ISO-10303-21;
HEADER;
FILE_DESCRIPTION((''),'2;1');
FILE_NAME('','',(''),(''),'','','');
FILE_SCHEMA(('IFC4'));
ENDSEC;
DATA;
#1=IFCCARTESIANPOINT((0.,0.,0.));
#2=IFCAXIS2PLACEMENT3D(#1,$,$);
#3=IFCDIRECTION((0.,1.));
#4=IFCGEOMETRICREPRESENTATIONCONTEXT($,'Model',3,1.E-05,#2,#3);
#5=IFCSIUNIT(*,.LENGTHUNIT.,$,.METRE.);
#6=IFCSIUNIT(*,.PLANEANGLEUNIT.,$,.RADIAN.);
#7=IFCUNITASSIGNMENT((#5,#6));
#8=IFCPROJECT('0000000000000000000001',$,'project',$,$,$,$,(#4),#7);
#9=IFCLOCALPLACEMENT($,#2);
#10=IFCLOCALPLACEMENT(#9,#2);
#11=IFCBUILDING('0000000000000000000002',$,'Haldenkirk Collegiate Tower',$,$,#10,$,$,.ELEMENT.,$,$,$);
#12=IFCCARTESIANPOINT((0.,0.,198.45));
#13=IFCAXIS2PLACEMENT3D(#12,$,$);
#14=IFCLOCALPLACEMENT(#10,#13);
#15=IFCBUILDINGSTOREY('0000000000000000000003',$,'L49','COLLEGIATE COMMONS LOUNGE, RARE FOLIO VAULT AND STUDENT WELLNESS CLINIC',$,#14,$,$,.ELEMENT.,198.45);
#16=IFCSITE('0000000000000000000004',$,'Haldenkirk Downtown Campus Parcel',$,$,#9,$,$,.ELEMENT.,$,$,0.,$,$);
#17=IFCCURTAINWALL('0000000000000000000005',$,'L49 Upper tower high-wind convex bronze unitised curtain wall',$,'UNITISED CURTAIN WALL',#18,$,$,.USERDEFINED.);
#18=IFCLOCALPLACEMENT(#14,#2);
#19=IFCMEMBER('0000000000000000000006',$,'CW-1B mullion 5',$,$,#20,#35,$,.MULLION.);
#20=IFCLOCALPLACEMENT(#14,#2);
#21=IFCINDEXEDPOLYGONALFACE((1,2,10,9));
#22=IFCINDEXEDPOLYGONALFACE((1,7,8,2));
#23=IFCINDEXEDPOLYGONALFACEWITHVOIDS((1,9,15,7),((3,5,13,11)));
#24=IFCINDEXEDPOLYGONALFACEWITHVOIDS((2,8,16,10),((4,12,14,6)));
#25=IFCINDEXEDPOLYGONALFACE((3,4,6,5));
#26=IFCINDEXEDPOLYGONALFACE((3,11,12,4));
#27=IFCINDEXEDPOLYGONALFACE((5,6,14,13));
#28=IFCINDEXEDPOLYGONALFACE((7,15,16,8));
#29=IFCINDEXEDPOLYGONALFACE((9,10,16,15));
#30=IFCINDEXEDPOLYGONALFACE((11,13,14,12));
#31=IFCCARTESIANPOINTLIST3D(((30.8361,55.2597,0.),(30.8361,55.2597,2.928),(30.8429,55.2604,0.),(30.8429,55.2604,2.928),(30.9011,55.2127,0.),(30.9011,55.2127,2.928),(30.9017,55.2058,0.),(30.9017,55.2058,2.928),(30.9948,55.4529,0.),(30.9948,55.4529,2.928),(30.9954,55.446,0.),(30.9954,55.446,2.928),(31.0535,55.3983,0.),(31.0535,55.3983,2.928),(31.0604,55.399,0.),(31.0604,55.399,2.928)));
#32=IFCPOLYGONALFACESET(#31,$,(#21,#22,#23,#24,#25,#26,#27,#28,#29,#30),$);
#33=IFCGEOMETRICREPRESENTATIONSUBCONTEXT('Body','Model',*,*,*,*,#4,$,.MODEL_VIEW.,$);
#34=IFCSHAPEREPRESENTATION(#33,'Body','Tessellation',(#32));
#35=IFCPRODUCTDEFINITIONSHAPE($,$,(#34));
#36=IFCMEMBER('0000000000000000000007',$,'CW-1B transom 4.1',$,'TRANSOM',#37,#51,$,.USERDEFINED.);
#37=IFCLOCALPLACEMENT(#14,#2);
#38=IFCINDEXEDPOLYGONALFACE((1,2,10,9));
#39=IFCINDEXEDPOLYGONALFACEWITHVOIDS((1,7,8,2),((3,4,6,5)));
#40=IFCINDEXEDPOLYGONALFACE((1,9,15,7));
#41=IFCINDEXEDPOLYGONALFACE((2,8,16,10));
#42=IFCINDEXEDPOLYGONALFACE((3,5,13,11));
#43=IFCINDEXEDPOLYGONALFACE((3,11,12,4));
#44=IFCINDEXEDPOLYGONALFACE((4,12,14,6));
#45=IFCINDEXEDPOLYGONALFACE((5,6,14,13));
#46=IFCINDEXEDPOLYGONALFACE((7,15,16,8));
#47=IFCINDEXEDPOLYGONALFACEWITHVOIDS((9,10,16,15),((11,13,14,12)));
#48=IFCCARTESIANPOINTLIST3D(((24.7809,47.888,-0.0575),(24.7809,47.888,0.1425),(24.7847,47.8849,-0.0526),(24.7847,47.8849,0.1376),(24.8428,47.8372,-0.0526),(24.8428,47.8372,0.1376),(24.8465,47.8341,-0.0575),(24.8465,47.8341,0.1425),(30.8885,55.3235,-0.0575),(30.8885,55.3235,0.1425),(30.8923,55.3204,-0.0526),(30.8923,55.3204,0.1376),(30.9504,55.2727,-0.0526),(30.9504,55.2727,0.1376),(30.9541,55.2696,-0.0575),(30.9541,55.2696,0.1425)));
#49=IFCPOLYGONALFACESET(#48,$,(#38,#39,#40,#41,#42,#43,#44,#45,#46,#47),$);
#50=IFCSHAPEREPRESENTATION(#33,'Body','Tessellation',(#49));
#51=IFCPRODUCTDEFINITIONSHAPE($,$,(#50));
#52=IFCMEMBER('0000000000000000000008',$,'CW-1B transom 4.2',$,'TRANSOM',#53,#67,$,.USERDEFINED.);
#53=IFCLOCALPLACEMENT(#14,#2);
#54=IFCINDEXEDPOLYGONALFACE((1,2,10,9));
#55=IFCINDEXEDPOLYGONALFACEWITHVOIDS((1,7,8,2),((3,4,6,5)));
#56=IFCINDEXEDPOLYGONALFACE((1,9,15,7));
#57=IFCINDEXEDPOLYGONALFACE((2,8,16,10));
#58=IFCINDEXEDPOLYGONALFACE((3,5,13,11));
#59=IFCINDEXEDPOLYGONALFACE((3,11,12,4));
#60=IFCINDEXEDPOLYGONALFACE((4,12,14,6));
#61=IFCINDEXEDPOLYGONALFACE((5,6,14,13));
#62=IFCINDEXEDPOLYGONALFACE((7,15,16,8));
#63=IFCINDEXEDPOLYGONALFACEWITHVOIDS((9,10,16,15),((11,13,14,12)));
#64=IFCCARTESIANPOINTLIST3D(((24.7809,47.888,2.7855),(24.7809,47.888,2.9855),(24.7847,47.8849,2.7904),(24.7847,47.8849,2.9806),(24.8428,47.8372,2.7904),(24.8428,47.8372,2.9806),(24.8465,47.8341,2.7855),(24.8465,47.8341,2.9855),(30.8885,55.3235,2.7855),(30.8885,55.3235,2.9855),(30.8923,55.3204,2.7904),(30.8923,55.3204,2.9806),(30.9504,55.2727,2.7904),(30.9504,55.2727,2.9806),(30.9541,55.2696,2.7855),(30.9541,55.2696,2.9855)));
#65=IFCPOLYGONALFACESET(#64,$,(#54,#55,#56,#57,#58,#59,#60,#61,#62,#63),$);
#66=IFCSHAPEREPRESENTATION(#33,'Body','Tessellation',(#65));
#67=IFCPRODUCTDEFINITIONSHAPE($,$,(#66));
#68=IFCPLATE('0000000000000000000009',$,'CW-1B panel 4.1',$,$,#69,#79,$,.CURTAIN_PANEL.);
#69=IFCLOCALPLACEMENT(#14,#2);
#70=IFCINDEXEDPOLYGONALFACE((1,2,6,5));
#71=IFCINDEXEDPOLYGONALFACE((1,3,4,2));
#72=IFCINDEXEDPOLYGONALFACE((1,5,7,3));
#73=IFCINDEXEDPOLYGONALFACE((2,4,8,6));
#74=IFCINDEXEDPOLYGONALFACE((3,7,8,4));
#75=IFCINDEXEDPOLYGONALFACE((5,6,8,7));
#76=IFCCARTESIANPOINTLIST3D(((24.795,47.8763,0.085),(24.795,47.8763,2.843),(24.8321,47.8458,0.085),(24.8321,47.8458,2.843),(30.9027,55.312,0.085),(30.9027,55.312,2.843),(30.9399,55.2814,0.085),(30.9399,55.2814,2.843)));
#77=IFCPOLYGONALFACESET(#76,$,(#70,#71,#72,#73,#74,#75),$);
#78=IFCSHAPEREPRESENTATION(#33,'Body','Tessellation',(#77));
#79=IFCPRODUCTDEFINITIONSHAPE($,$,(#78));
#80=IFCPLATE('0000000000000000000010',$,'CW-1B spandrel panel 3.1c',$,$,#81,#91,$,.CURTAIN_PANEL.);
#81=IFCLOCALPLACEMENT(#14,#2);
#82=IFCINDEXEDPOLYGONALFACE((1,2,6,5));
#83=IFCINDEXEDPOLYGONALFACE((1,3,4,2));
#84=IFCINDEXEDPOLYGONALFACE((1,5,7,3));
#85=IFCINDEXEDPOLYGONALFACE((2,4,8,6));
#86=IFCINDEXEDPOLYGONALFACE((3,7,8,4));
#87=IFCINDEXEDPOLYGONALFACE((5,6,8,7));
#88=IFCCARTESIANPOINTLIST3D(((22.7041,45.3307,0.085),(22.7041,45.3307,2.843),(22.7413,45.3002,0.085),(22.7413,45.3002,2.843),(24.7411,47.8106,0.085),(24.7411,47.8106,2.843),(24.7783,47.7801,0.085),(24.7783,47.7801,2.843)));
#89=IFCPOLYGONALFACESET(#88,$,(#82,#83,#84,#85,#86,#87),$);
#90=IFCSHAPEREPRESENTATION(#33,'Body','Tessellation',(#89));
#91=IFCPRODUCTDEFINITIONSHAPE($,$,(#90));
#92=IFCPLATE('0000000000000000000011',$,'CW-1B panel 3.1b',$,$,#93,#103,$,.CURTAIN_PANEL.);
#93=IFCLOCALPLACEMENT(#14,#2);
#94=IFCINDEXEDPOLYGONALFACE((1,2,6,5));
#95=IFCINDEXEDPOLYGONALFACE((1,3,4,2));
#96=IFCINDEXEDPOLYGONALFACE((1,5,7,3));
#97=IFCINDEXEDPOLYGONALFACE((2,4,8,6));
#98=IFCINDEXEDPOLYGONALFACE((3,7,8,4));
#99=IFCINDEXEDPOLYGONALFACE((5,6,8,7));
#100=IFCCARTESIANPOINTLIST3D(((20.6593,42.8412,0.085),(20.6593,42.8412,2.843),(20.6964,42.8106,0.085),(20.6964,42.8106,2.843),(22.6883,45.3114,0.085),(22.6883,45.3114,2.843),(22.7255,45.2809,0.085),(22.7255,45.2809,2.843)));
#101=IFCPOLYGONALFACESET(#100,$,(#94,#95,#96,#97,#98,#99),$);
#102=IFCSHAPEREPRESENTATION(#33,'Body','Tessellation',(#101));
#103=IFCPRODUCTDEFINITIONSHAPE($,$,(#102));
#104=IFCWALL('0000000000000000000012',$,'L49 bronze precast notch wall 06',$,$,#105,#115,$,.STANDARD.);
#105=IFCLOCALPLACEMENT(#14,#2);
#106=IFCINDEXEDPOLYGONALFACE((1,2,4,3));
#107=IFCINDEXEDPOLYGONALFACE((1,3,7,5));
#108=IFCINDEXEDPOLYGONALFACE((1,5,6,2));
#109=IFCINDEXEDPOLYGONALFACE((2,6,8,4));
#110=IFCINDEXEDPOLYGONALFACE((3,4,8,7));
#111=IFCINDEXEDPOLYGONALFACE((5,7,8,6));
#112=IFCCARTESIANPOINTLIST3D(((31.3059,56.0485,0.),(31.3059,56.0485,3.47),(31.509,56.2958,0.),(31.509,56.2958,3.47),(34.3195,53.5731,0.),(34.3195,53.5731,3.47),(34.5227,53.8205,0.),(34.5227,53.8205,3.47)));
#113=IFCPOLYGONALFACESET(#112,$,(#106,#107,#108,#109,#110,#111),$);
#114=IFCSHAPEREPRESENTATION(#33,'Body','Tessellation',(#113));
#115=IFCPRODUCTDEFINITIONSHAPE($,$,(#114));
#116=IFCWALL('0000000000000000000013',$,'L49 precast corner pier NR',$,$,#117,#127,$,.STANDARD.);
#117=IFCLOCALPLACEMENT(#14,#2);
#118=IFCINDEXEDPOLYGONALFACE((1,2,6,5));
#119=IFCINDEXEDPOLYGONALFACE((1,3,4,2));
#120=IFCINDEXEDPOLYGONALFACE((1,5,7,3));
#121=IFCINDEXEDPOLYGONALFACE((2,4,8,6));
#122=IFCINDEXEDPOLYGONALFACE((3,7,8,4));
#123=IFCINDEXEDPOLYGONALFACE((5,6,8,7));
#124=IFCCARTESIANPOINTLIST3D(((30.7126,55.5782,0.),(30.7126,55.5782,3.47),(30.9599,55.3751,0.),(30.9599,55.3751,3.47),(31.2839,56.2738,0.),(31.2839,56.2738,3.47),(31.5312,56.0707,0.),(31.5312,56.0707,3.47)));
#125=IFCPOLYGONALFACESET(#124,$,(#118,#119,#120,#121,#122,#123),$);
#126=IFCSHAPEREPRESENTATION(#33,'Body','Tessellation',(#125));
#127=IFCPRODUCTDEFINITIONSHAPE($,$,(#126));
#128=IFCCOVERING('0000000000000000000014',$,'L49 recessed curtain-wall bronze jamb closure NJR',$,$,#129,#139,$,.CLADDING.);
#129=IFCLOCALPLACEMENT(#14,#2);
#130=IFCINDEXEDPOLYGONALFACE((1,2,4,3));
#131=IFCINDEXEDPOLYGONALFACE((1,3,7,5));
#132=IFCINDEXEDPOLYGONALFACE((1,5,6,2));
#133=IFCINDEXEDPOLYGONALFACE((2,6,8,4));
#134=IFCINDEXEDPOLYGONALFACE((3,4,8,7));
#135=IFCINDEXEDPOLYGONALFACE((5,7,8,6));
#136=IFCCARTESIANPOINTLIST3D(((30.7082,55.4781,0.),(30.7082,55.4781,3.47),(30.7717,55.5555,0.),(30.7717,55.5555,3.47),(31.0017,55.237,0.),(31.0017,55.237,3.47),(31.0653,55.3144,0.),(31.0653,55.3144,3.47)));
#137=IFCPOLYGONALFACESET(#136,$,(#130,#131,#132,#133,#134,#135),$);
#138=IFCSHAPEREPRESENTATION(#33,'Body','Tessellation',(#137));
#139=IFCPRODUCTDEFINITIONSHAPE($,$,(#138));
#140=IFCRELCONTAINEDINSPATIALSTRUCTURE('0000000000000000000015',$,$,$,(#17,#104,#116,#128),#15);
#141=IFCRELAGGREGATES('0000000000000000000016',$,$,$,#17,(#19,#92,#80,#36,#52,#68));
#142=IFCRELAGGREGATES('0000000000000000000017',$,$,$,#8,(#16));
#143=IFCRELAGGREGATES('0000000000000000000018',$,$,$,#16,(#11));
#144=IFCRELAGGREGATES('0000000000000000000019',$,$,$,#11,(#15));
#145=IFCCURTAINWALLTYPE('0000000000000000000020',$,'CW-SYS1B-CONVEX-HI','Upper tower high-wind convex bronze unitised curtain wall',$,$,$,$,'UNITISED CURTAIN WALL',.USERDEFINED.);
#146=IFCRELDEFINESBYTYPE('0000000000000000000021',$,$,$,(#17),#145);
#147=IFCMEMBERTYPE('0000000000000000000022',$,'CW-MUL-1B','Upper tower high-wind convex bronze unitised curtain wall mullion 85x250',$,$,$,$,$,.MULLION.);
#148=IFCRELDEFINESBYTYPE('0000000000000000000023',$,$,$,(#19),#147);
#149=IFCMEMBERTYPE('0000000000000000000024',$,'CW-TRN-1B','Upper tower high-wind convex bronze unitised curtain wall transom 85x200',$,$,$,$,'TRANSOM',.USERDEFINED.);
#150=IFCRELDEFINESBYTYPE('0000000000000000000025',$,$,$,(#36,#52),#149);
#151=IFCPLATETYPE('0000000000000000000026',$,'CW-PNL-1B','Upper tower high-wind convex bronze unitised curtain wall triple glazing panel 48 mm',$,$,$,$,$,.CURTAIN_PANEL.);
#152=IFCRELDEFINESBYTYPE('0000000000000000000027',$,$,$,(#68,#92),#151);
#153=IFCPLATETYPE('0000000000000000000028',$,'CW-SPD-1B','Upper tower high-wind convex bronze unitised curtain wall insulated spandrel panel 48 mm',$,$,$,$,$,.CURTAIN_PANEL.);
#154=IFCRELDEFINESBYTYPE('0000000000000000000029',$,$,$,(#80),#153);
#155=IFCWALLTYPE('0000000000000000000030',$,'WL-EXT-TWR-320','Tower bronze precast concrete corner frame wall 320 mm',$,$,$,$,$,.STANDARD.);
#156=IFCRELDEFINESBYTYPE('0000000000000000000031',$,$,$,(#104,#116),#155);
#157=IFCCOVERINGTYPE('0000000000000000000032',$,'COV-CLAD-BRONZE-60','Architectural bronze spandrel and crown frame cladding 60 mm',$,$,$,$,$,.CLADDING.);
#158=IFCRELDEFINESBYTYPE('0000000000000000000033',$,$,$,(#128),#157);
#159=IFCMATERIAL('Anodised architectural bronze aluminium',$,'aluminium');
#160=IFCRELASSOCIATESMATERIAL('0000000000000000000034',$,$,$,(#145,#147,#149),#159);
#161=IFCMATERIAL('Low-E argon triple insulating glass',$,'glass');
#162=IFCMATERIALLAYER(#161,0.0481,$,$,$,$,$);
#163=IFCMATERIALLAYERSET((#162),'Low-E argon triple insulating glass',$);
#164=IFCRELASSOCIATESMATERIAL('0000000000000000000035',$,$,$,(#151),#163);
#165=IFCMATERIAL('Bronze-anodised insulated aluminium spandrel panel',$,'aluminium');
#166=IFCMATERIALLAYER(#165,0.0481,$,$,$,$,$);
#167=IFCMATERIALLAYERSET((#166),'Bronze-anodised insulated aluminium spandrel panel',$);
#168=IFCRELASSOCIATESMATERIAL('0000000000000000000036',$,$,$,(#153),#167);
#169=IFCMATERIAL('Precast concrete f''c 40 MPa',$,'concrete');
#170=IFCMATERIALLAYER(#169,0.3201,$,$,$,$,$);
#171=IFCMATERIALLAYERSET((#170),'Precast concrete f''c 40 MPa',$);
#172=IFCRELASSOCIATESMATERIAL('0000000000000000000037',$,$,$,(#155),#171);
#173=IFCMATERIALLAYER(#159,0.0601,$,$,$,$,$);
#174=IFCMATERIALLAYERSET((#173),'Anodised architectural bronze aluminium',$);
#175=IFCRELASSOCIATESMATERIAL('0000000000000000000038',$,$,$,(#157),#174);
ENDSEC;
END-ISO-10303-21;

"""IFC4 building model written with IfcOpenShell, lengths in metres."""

from ifc_helpers import new_model, si_unit, direction, frame, frame_2d, origin, origin_2d, place, context, subcontext, project, spatial, rectangle, hollow_rectangle, extrude, source, transform, mapped, material, layer, layer_set, material_profile, profile_set, type_object, element, aggregate, save


model = new_model("IFC4")

# Units and contexts
model_context = context("Model", 3, precision=1e-05, world=origin(), true_north=direction((0.0, 1.0)))
body_context = subcontext(model_context, "Body", "Model", "MODEL_VIEW")
ifc_project = project(units=[si_unit("LENGTHUNIT", "METRE"), si_unit("PLANEANGLEUNIT", "RADIAN")], contexts=[model_context])

# Site, building, storey
site_placement = place(None, origin())
site = spatial("IfcSite", under=ifc_project, at=site_placement, Name="Haldenkirk Downtown Campus Parcel", CompositionType="ELEMENT", RefElevation=0.0)
building_placement = place(site_placement, origin())
building = spatial("IfcBuilding", under=site, at=building_placement, Name="Haldenkirk Collegiate Tower", CompositionType="ELEMENT")
storey_placement = place(building_placement, frame((0.0, 0.0, 198.45)))
storey = spatial("IfcBuildingStorey", under=building, at=storey_placement, Name="L49", Description="COLLEGIATE COMMONS LOUNGE, RARE FOLIO VAULT AND STUDENT WELLNESS CLINIC", CompositionType="ELEMENT", Elevation=198.45)

# Curtain wall, members, plates
ifc_material_1 = material(Name="Anodised architectural bronze aluminium", Category="aluminium")
curtain_wall_type = type_object("IfcCurtainWallType", Name="CW-SYS1B-CONVEX-HI", Description="Upper tower high-wind convex bronze unitised curtain wall", ElementType="UNITISED CURTAIN WALL", PredefinedType="USERDEFINED", material=ifc_material_1)
curtain_wall_placement = place(storey_placement, origin())
curtain_wall = element("IfcCurtainWall", 1, at=curtain_wall_placement, inside=storey, type_object=curtain_wall_type, Name="L49 Upper tower high-wind convex bronze unitised curtain wall", ObjectType="UNITISED CURTAIN WALL", PredefinedType="USERDEFINED")
ifc_material_profile_1 = material_profile(ifc_material_1, hollow_rectangle(XDim=0.085, YDim=0.25, WallThickness=0.0049, at=origin_2d()), Name="CW-MUL-1B")
ifc_profile_set_1 = profile_set([ifc_material_profile_1], Name="Anodised architectural bronze aluminium")
member_type_1 = type_object("IfcMemberType", Name="CW-MUL-1B", Description="Upper tower high-wind convex bronze unitised curtain wall mullion 85x250", PredefinedType="MULLION", material=ifc_profile_set_1)
member_1_placement = place(storey_placement, frame((30.9482, 55.3293, 0.0), z_axis=(0.0, 0.0, 1.0), x_axis=(-0.772732, 0.634732, 0.0)))
member_1 = element("IfcMember", 2, at=member_1_placement, type_object=member_type_1, Name="CW-1B mullion 5", PredefinedType="MULLION", context=body_context, shape_type="SweptSolid", body=[
    extrude(hollow_rectangle(XDim=0.085, YDim=0.25, WallThickness=0.0049, at=origin_2d()), origin(), (0.0, 0.0, 1.0), 2.928),
])
ifc_material_profile_2 = material_profile(ifc_material_1, hollow_rectangle(XDim=0.085, YDim=0.2, WallThickness=0.0049, at=origin_2d()), Name="CW-TRN-1B")
ifc_profile_set_2 = profile_set([ifc_material_profile_2], Name="Anodised architectural bronze aluminium")
member_type_2 = type_object("IfcMemberType", Name="CW-TRN-1B", Description="Upper tower high-wind convex bronze unitised curtain wall transom 85x200", ElementType="TRANSOM", PredefinedType="USERDEFINED", material=ifc_profile_set_2)
member_2_placement = place(storey_placement, frame((24.8137, 47.8611, 0.0425), z_axis=(0.634733, 0.772732, 0.0), x_axis=(-0.772732, 0.634733, 0.0)))
member_2 = element("IfcMember", 3, at=member_2_placement, type_object=member_type_2, Name="CW-1B transom 4.1", ObjectType="TRANSOM", PredefinedType="USERDEFINED", context=body_context, shape_type="SweptSolid", body=[
    extrude(hollow_rectangle(XDim=0.085, YDim=0.2, WallThickness=0.0049, at=origin_2d()), origin(), (0.0, 0.0, 1.0), 9.6223),
])
member_3_placement = place(storey_placement, frame((24.8137, 47.8611, 2.8855), z_axis=(0.634733, 0.772732, 0.0), x_axis=(-0.772732, 0.634733, 0.0)))
member_3 = element("IfcMember", 4, at=member_3_placement, type_object=member_type_2, Name="CW-1B transom 4.2", ObjectType="TRANSOM", PredefinedType="USERDEFINED", context=body_context, shape_type="SweptSolid", body=[
    extrude(hollow_rectangle(XDim=0.085, YDim=0.2, WallThickness=0.0049, at=origin_2d()), origin(), (0.0, 0.0, 1.0), 9.6223),
])
ifc_material_2 = material(Name="Low-E argon triple insulating glass", Category="glass")
ifc_layer_1 = layer(ifc_material_2, 0.0481)
ifc_layer_set_1 = layer_set([ifc_layer_1], Name="Low-E argon triple insulating glass")
plate_type_1 = type_object("IfcPlateType", Name="CW-PNL-1B", Description="Upper tower high-wind convex bronze unitised curtain wall triple glazing panel 48 mm", PredefinedType="CURTAIN_PANEL", material=ifc_layer_set_1)
shared_shape_1 = source(origin(), body_context, "Body", "SweptSolid", [
    extrude(rectangle(XDim=9.6226, YDim=0.0481, at=origin_2d()), origin(), (0.0, 0.0, 1.0), 2.7581),
])
plate_1_placement = place(storey_placement, frame((27.8674, 51.5789, 0.085), z_axis=(0.0, 0.0, 1.0), x_axis=(0.634732, 0.772732, 0.0)))
plate_1 = element("IfcPlate", 5, at=plate_1_placement, type_object=plate_type_1, Name="CW-1B panel 4.1", PredefinedType="CURTAIN_PANEL", context=body_context, shape_type="MappedRepresentation", body=[
    mapped(shared_shape_1, transform((0.0, 0.0, 0.0), x_axis=(1.0, 0.0, 0.0), y_axis=(0.0, 1.0, 0.0), z_axis=(0.0, 0.0, 1.0), scale=1.0)),
])
ifc_material_3 = material(Name="Bronze-anodised insulated aluminium spandrel panel", Category="aluminium")
ifc_layer_2 = layer(ifc_material_3, 0.0481)
ifc_layer_set_2 = layer_set([ifc_layer_2], Name="Bronze-anodised insulated aluminium spandrel panel")
plate_type_2 = type_object("IfcPlateType", Name="CW-SPD-1B", Description="Upper tower high-wind convex bronze unitised curtain wall insulated spandrel panel 48 mm", PredefinedType="CURTAIN_PANEL", material=ifc_layer_set_2)
shared_shape_2 = source(origin(), body_context, "Body", "SweptSolid", [
    extrude(rectangle(XDim=3.2092, YDim=0.0481, at=origin_2d()), origin(), (0.0, 0.0, 1.0), 2.7581),
])
plate_2_placement = place(storey_placement, frame((23.7412, 46.5554, 0.085), z_axis=(0.0, 0.0, 1.0), x_axis=(0.634732, 0.772732, 0.0)))
plate_2 = element("IfcPlate", 6, at=plate_2_placement, type_object=plate_type_2, Name="CW-1B spandrel panel 3.1c", PredefinedType="CURTAIN_PANEL", context=body_context, shape_type="MappedRepresentation", body=[
    mapped(shared_shape_2, transform((0.0, 0.0, 0.0), x_axis=(1.0, 0.0, 0.0), y_axis=(0.0, 1.0, 0.0), z_axis=(0.0, 0.0, 1.0), scale=1.0)),
])
shared_shape_3 = source(origin(), body_context, "Body", "SweptSolid", [
    extrude(rectangle(XDim=3.1968, YDim=0.0481, at=origin_2d()), origin(), (0.0, 0.0, 1.0), 2.7581),
])
plate_3_placement = place(storey_placement, frame((21.6924, 44.061, 0.085), z_axis=(0.0, 0.0, 1.0), x_axis=(0.634732, 0.772732, 0.0)))
plate_3 = element("IfcPlate", 7, at=plate_3_placement, type_object=plate_type_1, Name="CW-1B panel 3.1b", PredefinedType="CURTAIN_PANEL", context=body_context, shape_type="MappedRepresentation", body=[
    mapped(shared_shape_3, transform((0.0, 0.0, 0.0), x_axis=(1.0, 0.0, 0.0), y_axis=(0.0, 1.0, 0.0), z_axis=(0.0, 0.0, 1.0), scale=1.0)),
])
aggregate(curtain_wall, [member_1, plate_3, plate_2, member_2, member_3, plate_1])

# Walls
ifc_material_4 = material(Name="Precast concrete f'c 40 MPa", Category="concrete")
ifc_layer_3 = layer(ifc_material_4, 0.3201)
ifc_layer_set_3 = layer_set([ifc_layer_3], Name="Precast concrete f'c 40 MPa")
wall_type = type_object("IfcWallType", Name="WL-EXT-TWR-320", Description="Tower bronze precast concrete corner frame wall 320 mm", PredefinedType="STANDARD", material=ifc_layer_set_3)
wall_1_placement = place(storey_placement, frame((31.4075, 56.1721, 0.0), z_axis=(0.0, 0.0, 1.0), x_axis=(0.772748, -0.634713, 0.0)))
element("IfcWall", 8, at=wall_1_placement, inside=storey, type_object=wall_type, Name="L49 bronze precast notch wall 06", PredefinedType="STANDARD", context=body_context, shape_type="SweptSolid", body=[
    extrude(rectangle(XDim=3.8999, YDim=0.3201, at=frame_2d((1.95, 0.0))), origin(), (0.0, 0.0, 1.0), 3.47),
])
wall_2_placement = place(storey_placement, frame((30.8362, 55.4766, 0.0), z_axis=(0.0, 0.0, 1.0), x_axis=(0.634699, 0.77276, 0.0)))
element("IfcWall", 9, at=wall_2_placement, inside=storey, type_object=wall_type, Name="L49 precast corner pier NR", PredefinedType="STANDARD", context=body_context, shape_type="SweptSolid", body=[
    extrude(rectangle(XDim=0.9001, YDim=0.3201, at=frame_2d((0.4502, 0.0))), origin(), (0.0, 0.0, 1.0), 3.47),
])

# Covering
ifc_layer_4 = layer(ifc_material_1, 0.0601)
ifc_layer_set_4 = layer_set([ifc_layer_4], Name="Anodised architectural bronze aluminium")
covering_type = type_object("IfcCoveringType", Name="COV-CLAD-BRONZE-60", Description="Architectural bronze spandrel and crown frame cladding 60 mm", PredefinedType="CLADDING", material=ifc_layer_set_4)
shared_shape_4 = source(origin(), body_context, "Body", "SweptSolid", [
    extrude(rectangle(XDim=0.1001, YDim=0.3799, at=origin_2d()), origin(), (0.0, 0.0, 1.0), 3.47),
])
covering_placement = place(storey_placement, frame((30.8867, 55.3962, 0.0), z_axis=(0.0, 0.0, 1.0), x_axis=(0.634731, 0.772734, 0.0)))
element("IfcCovering", 10, at=covering_placement, inside=storey, type_object=covering_type, Name="L49 recessed curtain-wall bronze jamb closure NJR", PredefinedType="CLADDING", context=body_context, shape_type="MappedRepresentation", body=[
    mapped(shared_shape_4, transform((0.0, 0.0, 0.0), x_axis=(1.0, 0.0, 0.0), y_axis=(0.0, 1.0, 0.0), z_axis=(0.0, 0.0, 1.0), scale=1.0)),
])

save(model, "model.ifc")
